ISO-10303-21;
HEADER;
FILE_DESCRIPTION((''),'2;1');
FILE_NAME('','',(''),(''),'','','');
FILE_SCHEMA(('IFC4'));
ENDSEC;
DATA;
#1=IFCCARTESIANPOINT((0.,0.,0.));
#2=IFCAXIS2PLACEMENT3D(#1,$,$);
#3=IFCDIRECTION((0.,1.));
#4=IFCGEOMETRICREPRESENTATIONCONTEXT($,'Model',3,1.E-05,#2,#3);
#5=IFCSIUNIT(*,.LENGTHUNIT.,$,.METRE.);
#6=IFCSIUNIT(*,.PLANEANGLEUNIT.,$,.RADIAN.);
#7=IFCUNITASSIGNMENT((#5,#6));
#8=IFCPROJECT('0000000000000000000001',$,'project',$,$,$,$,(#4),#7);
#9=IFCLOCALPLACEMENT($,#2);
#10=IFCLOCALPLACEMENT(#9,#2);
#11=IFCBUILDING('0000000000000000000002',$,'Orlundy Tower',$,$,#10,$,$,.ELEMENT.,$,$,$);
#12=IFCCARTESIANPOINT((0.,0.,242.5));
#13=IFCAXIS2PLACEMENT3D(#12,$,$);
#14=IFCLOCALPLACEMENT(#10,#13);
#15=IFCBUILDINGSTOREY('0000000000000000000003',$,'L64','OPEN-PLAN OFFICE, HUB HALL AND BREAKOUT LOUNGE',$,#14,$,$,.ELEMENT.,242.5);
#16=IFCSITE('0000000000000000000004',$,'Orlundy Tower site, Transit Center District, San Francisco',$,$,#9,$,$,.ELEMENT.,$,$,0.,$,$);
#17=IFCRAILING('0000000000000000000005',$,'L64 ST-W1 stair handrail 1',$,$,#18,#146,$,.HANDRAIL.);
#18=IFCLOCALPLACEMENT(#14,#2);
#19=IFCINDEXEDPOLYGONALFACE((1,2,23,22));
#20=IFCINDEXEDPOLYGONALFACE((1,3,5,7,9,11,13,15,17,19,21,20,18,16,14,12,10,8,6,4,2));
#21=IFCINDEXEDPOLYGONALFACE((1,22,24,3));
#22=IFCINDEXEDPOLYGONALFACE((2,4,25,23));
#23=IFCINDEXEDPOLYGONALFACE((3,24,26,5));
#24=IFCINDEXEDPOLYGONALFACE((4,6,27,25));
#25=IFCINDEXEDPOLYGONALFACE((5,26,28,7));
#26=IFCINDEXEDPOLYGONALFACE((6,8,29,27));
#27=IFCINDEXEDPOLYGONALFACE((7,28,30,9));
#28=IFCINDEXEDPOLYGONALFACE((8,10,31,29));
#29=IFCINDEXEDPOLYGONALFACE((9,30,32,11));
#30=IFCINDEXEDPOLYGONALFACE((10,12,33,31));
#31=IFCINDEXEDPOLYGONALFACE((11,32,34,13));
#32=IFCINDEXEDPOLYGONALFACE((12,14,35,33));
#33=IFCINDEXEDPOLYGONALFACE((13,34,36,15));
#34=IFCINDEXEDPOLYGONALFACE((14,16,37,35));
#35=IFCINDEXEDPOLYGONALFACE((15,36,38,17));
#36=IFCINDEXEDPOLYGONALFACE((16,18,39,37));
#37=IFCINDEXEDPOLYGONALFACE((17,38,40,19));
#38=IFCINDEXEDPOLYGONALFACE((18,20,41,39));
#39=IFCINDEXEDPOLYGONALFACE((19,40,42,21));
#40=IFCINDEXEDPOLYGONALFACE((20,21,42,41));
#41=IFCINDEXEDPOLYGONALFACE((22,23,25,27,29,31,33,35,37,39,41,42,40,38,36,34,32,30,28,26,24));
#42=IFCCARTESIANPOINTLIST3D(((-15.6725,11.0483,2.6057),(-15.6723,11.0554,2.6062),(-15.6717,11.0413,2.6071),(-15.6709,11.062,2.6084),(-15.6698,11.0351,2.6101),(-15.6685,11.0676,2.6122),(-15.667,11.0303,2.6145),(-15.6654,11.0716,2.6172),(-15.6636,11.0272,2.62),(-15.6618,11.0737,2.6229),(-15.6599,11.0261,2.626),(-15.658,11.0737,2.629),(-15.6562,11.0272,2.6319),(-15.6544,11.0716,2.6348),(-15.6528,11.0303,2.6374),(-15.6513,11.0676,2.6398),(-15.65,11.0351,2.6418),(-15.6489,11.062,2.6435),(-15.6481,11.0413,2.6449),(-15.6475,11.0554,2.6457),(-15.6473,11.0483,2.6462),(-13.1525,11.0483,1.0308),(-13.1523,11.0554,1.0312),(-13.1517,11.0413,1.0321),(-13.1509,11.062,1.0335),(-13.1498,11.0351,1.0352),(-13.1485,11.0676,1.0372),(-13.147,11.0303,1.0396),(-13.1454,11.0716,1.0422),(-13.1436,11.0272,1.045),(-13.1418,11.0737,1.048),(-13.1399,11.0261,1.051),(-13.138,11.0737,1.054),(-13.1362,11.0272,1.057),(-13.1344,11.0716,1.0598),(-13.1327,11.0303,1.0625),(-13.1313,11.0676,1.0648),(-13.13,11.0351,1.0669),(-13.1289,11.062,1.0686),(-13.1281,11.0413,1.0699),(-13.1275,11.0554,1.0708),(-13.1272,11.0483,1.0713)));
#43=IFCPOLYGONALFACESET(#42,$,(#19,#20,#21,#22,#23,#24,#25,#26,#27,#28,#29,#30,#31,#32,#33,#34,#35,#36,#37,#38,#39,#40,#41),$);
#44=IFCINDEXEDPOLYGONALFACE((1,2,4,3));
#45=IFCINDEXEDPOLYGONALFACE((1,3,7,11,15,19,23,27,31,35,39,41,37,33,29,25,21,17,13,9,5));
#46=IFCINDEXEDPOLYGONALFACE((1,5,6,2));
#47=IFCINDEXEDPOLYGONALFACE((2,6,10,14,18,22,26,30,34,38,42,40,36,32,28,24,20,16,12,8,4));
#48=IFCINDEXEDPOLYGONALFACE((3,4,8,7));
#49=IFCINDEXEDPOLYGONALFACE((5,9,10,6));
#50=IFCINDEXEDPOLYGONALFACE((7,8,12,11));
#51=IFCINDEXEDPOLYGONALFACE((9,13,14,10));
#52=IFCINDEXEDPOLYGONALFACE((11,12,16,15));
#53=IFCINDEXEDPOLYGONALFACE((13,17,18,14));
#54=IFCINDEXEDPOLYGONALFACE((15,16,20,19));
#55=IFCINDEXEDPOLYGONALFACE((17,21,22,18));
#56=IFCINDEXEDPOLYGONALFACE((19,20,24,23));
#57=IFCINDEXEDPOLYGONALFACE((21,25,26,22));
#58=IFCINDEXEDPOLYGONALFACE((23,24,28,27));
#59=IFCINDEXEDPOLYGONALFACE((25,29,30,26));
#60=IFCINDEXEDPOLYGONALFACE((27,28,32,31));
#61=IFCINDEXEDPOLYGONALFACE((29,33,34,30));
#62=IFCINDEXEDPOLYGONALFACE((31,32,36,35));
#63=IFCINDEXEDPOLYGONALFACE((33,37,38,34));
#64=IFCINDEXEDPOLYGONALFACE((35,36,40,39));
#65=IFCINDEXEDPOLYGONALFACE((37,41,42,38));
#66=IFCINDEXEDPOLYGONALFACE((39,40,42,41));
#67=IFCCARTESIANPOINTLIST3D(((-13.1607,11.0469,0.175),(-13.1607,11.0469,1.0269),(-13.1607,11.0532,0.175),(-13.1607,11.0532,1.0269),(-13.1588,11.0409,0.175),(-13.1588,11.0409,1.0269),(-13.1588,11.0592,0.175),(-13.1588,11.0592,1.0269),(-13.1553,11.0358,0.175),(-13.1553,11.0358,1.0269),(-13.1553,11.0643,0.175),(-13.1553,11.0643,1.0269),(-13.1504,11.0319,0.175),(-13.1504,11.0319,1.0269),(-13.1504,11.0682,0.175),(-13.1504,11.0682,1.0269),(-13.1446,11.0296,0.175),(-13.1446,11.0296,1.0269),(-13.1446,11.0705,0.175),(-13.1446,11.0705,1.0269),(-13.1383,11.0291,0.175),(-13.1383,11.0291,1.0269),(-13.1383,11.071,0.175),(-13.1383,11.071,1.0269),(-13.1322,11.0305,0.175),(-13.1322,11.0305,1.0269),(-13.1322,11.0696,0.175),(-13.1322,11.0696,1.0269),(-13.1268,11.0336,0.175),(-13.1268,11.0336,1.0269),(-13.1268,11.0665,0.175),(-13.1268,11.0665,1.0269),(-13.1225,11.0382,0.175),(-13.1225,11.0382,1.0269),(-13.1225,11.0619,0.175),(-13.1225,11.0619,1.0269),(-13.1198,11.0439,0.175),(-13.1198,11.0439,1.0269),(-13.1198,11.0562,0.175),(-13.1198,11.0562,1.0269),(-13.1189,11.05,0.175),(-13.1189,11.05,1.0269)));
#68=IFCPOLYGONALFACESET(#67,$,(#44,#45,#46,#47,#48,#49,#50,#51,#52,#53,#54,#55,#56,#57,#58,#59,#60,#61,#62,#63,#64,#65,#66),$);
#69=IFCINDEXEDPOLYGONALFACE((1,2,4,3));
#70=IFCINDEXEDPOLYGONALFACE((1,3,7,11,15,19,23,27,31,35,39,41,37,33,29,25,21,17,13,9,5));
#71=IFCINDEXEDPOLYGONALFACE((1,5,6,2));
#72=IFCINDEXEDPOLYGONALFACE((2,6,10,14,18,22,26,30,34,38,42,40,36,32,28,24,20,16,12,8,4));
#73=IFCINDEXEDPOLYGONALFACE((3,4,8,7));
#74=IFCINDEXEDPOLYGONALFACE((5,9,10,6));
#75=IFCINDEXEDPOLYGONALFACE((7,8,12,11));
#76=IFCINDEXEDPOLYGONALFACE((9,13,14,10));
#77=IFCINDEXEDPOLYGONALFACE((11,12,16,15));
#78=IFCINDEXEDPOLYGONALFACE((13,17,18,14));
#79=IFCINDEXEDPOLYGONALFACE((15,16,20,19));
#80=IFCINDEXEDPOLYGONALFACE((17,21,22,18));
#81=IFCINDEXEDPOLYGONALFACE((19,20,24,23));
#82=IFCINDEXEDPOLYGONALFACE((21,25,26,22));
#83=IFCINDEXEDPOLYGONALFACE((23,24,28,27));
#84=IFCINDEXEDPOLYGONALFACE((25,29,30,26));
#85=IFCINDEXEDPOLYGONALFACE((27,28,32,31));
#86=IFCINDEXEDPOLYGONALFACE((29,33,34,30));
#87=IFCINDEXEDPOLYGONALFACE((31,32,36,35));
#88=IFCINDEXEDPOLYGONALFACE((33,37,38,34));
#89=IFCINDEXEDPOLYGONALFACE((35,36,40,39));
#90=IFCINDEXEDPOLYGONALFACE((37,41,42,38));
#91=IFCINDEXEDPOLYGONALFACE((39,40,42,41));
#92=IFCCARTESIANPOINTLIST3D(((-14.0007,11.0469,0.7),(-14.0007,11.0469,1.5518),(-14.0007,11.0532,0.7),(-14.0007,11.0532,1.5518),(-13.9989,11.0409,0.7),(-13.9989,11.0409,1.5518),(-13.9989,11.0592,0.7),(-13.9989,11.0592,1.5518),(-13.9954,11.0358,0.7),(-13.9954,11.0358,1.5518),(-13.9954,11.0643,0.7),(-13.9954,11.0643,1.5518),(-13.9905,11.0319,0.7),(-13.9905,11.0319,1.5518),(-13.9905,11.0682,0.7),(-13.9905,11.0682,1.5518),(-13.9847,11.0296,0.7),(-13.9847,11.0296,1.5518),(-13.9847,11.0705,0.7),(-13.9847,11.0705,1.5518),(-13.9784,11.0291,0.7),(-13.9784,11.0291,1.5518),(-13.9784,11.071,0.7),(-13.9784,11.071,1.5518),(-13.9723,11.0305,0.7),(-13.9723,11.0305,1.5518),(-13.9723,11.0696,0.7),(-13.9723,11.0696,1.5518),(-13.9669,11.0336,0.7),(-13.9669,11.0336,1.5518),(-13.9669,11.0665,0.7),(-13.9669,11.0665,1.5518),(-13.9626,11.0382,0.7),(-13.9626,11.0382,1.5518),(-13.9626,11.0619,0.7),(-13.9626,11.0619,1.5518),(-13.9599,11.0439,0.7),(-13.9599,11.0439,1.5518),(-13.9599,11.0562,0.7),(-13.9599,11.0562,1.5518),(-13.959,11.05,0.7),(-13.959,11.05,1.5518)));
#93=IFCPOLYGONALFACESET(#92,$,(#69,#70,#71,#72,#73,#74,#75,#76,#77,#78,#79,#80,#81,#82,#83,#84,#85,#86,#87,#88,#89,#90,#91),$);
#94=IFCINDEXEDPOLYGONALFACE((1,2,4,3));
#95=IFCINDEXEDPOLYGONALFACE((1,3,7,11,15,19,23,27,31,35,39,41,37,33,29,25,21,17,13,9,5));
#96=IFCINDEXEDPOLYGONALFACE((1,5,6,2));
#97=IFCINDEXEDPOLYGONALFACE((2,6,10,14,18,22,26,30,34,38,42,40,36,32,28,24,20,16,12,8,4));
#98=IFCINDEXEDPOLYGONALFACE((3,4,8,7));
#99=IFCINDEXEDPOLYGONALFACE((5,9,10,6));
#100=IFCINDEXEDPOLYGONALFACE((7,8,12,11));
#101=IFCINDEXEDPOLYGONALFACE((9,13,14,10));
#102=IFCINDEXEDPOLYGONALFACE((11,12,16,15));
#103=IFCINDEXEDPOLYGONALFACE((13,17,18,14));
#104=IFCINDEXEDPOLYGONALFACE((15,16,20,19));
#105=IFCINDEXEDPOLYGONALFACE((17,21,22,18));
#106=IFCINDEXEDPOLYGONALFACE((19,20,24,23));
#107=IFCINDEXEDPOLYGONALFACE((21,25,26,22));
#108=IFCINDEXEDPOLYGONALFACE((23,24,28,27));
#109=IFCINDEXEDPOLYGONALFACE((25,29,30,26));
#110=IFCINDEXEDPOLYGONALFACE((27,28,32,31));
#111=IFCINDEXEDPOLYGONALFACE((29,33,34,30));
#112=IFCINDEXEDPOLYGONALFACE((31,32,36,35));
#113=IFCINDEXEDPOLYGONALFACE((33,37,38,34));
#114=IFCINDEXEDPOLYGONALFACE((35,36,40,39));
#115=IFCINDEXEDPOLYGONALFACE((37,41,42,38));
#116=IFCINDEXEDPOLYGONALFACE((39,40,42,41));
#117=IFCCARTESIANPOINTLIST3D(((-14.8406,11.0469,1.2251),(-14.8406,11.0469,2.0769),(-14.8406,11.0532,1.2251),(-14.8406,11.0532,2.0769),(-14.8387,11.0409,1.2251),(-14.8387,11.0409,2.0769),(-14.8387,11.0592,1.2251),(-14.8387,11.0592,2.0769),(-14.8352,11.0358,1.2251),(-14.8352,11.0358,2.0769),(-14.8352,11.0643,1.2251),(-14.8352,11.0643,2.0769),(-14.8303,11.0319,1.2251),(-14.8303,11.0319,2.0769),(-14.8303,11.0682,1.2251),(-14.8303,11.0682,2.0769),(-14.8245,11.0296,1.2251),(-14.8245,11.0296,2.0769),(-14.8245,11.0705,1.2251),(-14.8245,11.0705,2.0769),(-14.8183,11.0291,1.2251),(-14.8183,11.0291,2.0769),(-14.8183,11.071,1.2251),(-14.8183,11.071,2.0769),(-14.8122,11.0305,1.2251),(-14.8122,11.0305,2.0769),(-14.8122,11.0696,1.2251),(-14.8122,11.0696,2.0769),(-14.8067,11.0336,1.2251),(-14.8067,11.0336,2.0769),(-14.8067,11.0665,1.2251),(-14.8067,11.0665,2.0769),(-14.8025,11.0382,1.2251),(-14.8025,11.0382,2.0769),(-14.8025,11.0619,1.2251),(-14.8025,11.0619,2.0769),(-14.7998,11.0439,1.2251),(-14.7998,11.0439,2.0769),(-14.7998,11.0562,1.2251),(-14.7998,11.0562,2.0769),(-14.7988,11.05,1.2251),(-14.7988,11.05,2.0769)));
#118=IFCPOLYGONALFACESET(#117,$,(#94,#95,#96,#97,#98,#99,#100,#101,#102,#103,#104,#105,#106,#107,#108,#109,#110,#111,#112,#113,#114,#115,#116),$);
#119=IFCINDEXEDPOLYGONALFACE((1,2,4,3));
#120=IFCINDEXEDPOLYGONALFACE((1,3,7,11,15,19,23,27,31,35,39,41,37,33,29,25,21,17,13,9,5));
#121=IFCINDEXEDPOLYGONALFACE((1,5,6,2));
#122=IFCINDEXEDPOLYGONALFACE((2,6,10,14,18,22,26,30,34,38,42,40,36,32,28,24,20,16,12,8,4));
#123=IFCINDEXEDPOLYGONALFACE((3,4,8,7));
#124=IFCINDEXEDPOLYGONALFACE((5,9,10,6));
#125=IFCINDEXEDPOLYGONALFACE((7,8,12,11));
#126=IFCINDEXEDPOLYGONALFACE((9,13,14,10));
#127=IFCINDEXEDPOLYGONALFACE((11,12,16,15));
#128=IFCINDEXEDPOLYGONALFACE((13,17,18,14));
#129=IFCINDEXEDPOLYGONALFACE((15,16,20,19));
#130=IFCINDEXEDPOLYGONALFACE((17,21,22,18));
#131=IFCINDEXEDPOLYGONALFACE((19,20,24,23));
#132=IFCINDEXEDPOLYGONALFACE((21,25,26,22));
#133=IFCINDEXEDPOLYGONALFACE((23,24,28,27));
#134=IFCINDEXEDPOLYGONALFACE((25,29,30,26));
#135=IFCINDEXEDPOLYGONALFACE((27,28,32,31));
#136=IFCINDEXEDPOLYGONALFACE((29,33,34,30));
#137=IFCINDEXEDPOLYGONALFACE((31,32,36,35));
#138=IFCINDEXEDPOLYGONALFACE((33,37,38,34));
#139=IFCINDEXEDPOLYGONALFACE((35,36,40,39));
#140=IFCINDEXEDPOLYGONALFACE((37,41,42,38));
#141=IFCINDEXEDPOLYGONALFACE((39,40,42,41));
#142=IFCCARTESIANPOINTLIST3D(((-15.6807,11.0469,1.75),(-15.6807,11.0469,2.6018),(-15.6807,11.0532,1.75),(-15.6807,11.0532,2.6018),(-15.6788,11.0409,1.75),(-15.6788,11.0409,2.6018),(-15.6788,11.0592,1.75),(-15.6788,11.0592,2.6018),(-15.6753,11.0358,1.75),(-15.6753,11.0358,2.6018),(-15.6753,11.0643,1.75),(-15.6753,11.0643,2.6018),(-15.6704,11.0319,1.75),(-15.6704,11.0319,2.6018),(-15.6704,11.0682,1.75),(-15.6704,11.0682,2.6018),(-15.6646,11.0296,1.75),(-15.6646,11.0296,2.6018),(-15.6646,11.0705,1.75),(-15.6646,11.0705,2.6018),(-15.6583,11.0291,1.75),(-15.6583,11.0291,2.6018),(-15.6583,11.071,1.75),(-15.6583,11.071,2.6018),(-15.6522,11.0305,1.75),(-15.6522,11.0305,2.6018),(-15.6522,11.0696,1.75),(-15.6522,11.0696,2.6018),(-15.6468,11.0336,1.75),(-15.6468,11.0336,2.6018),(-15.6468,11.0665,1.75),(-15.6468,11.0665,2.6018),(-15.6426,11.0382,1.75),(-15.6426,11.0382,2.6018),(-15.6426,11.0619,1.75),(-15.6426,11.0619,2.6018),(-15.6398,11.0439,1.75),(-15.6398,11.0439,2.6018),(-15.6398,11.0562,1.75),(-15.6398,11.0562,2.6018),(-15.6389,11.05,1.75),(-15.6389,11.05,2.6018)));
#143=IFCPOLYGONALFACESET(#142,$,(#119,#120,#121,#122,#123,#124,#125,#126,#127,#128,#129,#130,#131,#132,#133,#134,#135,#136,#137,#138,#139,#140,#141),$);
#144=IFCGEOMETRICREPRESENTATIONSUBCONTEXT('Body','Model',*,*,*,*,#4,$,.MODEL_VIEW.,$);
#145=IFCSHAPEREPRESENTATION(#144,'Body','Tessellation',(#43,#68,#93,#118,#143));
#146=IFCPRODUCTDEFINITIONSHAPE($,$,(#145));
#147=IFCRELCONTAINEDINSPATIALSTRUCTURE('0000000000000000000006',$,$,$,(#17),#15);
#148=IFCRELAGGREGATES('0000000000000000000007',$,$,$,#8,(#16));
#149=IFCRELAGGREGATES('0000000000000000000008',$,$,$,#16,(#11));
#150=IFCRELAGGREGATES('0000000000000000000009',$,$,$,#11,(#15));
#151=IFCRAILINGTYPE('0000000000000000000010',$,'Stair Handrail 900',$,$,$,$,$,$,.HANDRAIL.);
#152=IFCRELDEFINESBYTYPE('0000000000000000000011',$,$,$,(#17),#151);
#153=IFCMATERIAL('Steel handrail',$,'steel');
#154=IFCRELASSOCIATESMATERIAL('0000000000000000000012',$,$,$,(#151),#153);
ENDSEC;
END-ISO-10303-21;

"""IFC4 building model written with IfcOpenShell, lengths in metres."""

from ifc_helpers import new_model, si_unit, direction, frame, origin, origin_2d, place, context, subcontext, project, spatial, circle, extrude, material, type_object, element, save


model = new_model("IFC4")

# Units and contexts
model_context = context("Model", 3, precision=1e-05, world=origin(), true_north=direction((0.0, 1.0)))
body_context = subcontext(model_context, "Body", "Model", "MODEL_VIEW")
ifc_project = project(units=[si_unit("LENGTHUNIT", "METRE"), si_unit("PLANEANGLEUNIT", "RADIAN")], contexts=[model_context])

# Site, building, storey
site_placement = place(None, origin())
site = spatial("IfcSite", under=ifc_project, at=site_placement, Name="Orlundy Tower site, Transit Center District, San Francisco", CompositionType="ELEMENT", RefElevation=0.0)
building_placement = place(site_placement, origin())
building = spatial("IfcBuilding", under=site, at=building_placement, Name="Orlundy Tower", CompositionType="ELEMENT")
storey_placement = place(building_placement, frame((0.0, 0.0, 242.5)))
storey = spatial("IfcBuildingStorey", under=building, at=storey_placement, Name="L64", Description="OPEN-PLAN OFFICE, HUB HALL AND BREAKOUT LOUNGE", CompositionType="ELEMENT", Elevation=242.5)

# Railing
ifc_material_1 = material(Name="Steel handrail", Category="steel")
railing_type = type_object("IfcRailingType", Name="Stair Handrail 900", PredefinedType="HANDRAIL", material=ifc_material_1)
railing_placement = place(storey_placement, frame((-13.1399, 11.05, 0.175)))
element("IfcRailing", 1, at=railing_placement, inside=storey, type_object=railing_type, Name="L64 ST-W1 stair handrail 1", PredefinedType="HANDRAIL", context=body_context, shape_type="SweptSolid", body=[
    extrude(circle(Radius=0.0239, at=origin_2d()), frame((0.0, 0.0, 0.876), z_axis=(-0.848008, 0.0, 0.529984), x_axis=(0.0, -1.0, 0.0)), (0.0, 0.0, 1.0), 2.9717),
    extrude(circle(Radius=0.021, at=origin_2d()), origin(), (0.0, 0.0, 1.0), 0.8518),
    extrude(circle(Radius=0.021, at=origin_2d()), frame((-0.8401, 0.0, 0.5249)), (0.0, 0.0, 1.0), 0.8518),
    extrude(circle(Radius=0.021, at=origin_2d()), frame((-1.6799, 0.0, 1.05)), (0.0, 0.0, 1.0), 0.8518),
    extrude(circle(Radius=0.021, at=origin_2d()), frame((-2.52, 0.0, 1.575)), (0.0, 0.0, 1.0), 0.8518),
])

save(model, "model.ifc")
